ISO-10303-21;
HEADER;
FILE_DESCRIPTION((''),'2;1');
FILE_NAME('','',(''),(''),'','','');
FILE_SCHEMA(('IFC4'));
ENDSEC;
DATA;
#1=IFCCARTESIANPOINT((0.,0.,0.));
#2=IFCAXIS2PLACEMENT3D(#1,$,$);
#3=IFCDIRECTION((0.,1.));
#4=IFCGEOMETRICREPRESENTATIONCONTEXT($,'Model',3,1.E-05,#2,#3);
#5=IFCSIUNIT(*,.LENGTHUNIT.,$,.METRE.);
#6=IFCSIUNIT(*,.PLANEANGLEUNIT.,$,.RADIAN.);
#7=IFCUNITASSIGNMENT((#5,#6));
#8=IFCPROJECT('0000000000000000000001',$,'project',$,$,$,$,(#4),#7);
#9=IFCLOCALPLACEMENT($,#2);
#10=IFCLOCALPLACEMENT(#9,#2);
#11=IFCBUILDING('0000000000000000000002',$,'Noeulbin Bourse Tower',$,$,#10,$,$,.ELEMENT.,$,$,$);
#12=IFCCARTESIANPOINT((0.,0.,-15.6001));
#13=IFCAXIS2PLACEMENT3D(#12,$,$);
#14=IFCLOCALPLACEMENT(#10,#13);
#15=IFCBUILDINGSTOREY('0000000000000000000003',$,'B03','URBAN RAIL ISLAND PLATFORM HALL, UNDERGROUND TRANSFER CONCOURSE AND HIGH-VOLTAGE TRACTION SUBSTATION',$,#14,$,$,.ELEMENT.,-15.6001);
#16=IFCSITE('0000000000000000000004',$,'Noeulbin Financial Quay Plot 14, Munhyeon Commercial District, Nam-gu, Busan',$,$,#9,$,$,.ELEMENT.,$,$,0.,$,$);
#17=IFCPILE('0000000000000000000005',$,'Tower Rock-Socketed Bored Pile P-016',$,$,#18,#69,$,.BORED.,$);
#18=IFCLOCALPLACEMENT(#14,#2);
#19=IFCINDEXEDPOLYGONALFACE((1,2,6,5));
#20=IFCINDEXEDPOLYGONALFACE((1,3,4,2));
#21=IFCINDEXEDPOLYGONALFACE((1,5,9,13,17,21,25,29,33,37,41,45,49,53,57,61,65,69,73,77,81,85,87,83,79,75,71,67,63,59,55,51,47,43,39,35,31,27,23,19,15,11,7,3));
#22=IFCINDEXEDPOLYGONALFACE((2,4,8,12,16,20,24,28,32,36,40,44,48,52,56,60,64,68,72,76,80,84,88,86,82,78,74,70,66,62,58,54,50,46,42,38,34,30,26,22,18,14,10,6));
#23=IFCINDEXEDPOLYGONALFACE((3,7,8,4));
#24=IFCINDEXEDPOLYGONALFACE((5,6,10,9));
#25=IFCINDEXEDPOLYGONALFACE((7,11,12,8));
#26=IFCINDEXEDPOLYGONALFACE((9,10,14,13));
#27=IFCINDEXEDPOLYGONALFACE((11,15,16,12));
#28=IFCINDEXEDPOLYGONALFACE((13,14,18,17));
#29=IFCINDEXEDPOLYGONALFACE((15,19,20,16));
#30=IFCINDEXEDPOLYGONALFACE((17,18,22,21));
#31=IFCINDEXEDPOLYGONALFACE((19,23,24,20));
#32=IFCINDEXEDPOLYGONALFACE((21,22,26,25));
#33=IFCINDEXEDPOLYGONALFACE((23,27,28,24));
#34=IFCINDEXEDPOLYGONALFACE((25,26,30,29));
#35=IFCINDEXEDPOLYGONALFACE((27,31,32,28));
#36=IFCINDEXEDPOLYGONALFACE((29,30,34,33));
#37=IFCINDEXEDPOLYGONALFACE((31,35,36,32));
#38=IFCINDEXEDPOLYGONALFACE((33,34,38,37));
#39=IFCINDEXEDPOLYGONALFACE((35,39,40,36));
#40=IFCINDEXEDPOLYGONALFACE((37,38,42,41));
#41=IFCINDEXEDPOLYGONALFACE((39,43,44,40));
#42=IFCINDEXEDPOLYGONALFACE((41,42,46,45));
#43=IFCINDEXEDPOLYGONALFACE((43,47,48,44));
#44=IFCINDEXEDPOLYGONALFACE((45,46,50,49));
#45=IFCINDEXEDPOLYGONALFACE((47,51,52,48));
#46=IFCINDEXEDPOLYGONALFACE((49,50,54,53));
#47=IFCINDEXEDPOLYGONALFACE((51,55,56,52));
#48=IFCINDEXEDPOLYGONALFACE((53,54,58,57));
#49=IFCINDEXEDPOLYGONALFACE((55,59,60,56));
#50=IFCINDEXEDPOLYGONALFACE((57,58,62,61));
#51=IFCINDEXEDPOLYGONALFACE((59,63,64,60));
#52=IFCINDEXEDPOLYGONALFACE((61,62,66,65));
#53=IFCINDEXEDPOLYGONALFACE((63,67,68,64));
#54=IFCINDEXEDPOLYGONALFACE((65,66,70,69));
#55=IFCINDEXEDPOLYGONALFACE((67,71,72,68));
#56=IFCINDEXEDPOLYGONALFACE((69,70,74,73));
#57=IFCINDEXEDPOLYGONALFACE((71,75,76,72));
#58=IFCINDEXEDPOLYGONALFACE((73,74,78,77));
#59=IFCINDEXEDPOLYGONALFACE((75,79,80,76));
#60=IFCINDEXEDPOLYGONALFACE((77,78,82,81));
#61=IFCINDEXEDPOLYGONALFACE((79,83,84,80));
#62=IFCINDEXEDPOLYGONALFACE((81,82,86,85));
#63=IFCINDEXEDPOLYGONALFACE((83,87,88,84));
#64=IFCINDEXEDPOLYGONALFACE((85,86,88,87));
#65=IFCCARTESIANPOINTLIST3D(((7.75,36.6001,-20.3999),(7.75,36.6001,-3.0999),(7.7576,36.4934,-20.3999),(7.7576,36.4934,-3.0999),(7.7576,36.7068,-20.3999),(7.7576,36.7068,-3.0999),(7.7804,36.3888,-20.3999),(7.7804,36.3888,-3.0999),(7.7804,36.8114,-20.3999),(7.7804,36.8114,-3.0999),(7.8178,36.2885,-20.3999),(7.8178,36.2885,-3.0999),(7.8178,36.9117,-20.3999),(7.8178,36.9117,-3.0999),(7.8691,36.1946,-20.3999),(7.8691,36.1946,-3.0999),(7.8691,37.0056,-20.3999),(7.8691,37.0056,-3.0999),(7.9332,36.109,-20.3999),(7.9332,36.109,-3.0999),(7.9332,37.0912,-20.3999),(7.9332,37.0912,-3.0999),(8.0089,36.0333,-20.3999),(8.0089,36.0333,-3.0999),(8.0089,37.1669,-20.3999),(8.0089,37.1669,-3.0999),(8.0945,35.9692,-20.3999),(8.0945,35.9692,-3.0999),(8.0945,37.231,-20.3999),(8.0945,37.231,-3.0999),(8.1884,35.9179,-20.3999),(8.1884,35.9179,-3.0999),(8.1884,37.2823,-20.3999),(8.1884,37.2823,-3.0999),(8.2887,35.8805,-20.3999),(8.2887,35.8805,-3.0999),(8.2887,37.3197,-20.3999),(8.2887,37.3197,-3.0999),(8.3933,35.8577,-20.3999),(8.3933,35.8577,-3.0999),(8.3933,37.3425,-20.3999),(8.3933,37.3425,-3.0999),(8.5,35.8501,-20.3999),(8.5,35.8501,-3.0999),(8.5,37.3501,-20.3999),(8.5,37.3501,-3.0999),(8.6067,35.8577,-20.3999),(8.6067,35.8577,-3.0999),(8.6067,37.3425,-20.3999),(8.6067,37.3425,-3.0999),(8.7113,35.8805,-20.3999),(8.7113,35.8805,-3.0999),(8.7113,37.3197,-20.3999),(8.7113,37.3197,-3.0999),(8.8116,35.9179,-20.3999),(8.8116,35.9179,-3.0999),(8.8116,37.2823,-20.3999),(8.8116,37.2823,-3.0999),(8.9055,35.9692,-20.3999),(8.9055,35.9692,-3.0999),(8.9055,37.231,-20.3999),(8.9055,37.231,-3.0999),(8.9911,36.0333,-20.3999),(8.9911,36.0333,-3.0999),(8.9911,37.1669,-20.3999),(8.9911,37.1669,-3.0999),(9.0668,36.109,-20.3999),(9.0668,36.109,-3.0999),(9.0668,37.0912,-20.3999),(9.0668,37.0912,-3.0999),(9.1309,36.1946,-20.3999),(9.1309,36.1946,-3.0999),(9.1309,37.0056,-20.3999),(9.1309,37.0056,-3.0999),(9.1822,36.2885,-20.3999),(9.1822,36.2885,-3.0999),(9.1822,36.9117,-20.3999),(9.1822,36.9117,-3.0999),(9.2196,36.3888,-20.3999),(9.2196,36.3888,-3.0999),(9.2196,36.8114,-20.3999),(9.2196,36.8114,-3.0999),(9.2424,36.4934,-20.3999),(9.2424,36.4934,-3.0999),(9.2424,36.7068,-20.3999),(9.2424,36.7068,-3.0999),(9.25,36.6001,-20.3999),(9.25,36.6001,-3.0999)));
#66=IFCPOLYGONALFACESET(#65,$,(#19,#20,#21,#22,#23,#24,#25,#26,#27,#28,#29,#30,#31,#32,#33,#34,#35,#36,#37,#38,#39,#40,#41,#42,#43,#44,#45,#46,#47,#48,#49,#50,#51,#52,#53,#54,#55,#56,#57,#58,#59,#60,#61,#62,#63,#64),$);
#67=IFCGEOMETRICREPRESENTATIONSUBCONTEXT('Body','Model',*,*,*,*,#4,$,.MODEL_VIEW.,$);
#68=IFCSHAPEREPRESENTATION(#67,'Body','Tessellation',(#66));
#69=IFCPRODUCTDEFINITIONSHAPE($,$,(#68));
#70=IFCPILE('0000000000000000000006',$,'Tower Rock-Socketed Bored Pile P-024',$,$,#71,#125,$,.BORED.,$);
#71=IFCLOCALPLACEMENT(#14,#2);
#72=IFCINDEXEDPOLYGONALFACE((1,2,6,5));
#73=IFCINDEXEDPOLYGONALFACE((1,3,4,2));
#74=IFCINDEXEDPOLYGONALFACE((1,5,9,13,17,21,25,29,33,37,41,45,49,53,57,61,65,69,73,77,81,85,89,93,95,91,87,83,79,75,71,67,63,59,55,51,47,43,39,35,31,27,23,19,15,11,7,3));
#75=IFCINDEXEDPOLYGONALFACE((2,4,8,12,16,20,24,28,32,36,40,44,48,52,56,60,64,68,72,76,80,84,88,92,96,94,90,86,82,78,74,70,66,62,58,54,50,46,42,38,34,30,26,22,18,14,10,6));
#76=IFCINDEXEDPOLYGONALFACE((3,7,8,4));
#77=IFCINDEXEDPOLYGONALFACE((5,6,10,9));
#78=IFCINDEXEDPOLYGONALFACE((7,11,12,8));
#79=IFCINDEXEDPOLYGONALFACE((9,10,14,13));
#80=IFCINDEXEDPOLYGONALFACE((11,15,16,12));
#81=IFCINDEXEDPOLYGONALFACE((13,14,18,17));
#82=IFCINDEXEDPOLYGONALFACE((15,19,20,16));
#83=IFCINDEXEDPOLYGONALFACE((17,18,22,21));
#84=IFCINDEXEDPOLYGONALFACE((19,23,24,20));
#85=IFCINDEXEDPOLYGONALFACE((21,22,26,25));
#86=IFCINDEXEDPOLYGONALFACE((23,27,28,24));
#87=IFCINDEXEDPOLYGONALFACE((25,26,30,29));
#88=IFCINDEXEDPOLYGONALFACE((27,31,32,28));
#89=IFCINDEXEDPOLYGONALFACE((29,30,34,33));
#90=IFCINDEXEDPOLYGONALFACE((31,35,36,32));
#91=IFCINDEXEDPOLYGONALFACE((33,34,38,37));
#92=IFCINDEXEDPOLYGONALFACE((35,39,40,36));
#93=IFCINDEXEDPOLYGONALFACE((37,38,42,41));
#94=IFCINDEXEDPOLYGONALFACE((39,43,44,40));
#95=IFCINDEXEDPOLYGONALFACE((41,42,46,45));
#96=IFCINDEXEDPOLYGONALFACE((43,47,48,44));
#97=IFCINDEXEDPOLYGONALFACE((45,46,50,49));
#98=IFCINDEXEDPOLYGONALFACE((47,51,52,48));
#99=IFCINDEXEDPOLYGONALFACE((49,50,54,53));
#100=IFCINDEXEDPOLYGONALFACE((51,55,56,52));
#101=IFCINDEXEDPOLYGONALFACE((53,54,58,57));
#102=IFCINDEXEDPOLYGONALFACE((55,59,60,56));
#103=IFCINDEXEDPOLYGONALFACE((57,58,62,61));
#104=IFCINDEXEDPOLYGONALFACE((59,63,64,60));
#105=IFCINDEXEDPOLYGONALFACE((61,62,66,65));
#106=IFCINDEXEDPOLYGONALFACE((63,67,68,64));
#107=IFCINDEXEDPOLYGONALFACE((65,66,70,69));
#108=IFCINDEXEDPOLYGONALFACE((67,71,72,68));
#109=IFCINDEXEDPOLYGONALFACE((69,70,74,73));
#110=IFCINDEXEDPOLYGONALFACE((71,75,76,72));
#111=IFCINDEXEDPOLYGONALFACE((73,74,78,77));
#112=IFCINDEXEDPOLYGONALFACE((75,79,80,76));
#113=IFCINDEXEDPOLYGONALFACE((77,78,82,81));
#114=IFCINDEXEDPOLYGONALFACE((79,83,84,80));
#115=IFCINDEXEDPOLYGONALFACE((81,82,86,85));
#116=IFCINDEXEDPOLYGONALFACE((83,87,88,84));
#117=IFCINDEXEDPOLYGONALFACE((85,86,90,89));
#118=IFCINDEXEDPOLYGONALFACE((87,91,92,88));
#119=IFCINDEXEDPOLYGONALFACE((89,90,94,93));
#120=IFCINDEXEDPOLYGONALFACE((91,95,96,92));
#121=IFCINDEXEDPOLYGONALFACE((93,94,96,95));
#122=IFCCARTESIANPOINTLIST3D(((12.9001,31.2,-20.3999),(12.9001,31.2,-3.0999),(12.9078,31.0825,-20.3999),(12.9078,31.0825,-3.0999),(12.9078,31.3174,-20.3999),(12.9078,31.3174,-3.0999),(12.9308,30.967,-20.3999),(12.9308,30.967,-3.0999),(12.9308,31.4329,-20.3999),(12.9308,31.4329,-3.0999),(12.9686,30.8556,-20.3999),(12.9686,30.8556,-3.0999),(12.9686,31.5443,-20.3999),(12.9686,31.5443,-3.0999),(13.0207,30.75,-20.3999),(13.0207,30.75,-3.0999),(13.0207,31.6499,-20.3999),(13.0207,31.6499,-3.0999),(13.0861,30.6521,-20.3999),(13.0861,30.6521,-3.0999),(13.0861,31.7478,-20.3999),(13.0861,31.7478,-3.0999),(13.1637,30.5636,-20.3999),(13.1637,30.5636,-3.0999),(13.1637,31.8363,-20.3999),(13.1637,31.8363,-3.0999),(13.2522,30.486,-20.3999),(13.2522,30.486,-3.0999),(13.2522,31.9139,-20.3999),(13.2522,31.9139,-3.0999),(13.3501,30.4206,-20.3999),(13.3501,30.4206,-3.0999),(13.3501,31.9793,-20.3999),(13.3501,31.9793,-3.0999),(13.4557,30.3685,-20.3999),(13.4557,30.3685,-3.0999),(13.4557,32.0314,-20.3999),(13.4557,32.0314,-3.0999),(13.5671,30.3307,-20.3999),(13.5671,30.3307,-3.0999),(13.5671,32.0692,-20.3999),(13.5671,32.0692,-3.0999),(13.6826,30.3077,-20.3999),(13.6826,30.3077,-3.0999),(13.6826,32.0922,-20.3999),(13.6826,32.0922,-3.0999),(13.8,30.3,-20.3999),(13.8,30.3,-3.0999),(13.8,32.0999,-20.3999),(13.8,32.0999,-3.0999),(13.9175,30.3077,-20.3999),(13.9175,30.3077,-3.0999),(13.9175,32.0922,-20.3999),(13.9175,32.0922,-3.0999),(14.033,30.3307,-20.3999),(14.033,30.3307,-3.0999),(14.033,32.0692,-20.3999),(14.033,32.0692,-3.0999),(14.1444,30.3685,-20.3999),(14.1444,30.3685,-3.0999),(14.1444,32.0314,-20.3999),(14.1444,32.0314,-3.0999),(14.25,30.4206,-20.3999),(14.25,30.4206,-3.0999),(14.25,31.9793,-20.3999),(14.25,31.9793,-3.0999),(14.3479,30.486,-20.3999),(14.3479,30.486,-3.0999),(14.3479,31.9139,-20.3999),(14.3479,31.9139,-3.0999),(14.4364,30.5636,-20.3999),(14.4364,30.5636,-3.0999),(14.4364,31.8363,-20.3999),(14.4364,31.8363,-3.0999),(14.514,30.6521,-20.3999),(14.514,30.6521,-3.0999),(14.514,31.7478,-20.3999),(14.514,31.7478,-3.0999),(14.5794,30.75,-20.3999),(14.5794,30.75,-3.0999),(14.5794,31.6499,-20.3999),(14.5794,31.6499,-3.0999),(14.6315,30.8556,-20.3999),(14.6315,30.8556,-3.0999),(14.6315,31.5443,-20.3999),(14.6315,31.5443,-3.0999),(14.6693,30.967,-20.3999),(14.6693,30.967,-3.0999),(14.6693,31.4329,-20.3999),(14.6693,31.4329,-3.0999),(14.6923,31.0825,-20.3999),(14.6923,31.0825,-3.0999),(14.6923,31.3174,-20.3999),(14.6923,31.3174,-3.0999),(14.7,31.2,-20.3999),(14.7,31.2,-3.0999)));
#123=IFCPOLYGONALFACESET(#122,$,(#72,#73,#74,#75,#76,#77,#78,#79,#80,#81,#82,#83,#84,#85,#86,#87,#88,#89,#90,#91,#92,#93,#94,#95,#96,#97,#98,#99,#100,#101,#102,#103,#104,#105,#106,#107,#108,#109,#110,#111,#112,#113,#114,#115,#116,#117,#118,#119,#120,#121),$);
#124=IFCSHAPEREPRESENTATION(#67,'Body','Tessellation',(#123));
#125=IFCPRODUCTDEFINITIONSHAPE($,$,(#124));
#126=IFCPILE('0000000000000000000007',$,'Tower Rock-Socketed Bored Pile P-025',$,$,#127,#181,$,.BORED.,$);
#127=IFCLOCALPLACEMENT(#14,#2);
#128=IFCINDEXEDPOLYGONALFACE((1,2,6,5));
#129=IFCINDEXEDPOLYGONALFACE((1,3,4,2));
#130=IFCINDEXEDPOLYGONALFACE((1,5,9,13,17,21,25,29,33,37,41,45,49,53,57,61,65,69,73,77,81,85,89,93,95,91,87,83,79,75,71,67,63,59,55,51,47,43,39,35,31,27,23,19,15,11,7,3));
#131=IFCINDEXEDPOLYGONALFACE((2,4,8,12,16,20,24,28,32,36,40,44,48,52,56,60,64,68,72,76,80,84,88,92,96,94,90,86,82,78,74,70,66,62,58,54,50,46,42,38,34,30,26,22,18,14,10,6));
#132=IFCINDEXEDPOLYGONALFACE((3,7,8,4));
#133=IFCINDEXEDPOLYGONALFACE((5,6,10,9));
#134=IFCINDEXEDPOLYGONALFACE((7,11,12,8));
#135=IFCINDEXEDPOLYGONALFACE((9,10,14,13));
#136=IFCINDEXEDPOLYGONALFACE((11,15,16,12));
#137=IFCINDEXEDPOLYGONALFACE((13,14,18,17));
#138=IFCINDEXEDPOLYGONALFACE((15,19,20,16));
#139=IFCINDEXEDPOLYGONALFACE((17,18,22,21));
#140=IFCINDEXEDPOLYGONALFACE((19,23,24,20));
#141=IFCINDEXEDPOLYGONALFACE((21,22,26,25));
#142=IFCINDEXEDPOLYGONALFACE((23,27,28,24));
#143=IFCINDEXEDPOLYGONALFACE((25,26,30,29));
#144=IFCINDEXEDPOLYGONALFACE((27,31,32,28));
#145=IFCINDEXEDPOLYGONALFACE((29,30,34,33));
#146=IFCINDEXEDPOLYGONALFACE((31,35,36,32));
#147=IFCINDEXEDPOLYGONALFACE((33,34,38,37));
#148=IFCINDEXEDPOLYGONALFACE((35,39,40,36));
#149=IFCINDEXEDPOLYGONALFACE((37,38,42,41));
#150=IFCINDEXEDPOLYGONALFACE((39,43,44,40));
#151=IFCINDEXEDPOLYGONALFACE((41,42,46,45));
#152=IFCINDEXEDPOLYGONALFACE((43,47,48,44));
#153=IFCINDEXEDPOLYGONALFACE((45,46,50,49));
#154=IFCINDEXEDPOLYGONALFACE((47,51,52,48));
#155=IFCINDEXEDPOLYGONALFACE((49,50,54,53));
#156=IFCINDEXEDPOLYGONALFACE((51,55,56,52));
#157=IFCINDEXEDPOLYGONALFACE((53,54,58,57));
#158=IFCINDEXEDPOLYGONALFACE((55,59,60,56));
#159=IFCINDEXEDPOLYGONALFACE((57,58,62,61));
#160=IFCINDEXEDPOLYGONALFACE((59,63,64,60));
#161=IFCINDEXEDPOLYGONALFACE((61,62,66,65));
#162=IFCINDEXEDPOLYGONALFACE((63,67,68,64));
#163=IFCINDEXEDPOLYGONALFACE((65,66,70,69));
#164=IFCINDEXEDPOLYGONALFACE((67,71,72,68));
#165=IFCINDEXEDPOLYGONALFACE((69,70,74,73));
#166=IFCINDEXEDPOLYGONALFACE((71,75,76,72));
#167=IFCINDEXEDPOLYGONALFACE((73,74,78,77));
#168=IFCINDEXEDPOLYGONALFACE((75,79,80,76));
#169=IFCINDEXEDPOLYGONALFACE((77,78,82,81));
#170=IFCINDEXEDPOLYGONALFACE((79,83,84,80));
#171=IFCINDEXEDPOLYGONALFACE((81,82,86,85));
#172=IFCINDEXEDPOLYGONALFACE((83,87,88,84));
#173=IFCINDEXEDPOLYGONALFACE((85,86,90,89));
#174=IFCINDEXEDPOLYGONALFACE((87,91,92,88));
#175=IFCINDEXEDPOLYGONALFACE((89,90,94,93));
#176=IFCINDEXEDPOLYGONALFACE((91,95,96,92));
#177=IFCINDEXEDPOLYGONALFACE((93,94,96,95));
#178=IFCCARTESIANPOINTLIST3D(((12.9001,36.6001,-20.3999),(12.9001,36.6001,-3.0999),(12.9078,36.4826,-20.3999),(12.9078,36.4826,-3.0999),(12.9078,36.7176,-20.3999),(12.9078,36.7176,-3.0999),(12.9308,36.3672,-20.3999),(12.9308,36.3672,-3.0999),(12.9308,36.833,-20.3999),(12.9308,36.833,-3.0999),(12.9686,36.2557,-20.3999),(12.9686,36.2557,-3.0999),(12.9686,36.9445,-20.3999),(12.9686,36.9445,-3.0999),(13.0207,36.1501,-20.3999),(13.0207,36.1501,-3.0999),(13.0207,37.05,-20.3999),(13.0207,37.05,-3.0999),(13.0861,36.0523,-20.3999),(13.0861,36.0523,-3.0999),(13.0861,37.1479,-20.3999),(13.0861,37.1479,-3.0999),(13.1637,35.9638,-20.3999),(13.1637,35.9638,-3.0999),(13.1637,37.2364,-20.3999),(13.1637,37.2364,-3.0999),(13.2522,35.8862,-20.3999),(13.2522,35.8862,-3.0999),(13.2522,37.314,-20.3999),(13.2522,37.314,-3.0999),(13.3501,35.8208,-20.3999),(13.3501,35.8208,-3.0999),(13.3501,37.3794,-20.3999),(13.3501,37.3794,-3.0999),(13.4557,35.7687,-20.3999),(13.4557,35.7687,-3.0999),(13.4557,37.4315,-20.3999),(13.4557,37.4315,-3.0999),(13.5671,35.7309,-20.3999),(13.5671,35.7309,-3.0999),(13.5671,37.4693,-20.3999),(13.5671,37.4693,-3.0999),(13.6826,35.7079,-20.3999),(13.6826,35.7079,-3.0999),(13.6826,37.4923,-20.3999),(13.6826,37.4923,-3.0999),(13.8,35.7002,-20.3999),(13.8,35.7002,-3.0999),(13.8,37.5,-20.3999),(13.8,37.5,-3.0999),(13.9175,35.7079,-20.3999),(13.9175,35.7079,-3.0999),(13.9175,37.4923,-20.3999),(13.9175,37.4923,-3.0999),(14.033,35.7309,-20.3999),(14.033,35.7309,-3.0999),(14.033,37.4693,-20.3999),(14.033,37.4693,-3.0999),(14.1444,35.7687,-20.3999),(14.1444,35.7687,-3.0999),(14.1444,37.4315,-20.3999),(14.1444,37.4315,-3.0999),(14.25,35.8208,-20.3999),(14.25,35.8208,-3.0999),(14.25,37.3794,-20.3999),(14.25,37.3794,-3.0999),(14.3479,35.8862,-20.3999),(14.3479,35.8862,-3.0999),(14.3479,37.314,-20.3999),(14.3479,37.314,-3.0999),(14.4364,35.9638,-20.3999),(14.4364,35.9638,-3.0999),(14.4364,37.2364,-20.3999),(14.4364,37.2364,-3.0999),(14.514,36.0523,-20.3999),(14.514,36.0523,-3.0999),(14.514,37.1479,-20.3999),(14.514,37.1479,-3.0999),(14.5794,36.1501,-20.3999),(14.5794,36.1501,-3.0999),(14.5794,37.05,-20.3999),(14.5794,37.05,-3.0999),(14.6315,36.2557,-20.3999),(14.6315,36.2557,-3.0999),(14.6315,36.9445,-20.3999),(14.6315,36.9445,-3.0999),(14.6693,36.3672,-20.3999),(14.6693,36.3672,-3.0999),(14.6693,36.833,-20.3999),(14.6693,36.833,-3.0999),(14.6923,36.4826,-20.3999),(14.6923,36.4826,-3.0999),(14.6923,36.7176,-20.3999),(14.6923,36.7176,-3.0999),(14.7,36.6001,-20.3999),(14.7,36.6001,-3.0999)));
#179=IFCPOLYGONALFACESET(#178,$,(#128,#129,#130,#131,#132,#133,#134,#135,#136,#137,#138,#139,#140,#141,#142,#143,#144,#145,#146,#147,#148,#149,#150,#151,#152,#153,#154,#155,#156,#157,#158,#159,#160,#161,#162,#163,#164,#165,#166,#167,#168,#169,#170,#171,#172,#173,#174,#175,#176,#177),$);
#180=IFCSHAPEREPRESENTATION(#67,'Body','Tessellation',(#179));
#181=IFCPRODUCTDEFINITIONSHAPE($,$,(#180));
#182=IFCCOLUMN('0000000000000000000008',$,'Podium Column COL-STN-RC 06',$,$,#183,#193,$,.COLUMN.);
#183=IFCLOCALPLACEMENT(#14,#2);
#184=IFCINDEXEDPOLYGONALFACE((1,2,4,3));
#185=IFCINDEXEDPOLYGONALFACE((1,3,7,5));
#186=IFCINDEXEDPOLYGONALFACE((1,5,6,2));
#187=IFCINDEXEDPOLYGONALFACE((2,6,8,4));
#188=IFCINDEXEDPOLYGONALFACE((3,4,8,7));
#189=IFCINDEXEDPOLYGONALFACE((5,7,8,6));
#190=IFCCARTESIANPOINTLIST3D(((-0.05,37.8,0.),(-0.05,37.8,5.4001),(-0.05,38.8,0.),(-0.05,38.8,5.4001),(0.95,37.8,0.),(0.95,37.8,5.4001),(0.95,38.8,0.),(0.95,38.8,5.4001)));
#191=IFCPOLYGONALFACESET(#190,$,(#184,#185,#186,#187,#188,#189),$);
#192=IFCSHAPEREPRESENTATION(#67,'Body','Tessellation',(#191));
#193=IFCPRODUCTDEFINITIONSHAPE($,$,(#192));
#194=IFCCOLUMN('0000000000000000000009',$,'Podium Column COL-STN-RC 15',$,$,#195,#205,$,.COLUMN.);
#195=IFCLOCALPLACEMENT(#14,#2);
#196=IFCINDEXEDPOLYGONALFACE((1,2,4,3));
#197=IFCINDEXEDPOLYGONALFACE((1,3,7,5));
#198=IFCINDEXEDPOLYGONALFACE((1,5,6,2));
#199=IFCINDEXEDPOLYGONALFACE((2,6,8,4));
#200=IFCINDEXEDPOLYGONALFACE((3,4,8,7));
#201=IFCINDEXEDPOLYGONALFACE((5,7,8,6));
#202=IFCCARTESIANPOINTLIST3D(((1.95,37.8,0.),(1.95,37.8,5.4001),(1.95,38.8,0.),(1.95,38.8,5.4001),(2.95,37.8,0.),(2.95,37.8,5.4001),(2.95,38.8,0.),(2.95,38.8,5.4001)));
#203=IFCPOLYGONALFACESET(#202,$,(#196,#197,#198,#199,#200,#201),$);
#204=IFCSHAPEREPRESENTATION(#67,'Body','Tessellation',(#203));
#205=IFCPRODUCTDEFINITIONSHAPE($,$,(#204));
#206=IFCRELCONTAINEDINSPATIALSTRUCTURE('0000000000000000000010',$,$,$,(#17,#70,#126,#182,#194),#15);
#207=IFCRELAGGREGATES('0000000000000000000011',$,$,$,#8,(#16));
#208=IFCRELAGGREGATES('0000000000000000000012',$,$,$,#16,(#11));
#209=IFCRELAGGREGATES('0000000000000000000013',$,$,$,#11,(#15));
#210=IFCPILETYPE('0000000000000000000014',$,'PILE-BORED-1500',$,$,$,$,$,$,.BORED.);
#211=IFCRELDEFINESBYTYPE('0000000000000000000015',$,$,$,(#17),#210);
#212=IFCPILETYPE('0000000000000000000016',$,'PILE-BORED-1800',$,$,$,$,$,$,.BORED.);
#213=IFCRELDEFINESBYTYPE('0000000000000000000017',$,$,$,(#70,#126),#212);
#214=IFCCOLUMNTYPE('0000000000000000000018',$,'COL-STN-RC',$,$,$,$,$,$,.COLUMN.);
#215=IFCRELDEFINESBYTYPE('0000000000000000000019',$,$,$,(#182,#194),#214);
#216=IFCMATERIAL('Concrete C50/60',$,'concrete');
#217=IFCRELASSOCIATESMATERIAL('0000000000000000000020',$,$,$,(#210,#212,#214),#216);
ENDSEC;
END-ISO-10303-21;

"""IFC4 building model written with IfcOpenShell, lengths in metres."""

from ifc_helpers import new_model, si_unit, direction, frame, origin, origin_2d, place, context, subcontext, project, spatial, rectangle, circle, extrude, material, material_profile, profile_set, type_object, element, save


model = new_model("IFC4")

# Units and contexts
model_context = context("Model", 3, precision=1e-05, world=origin(), true_north=direction((0.0, 1.0)))
body_context = subcontext(model_context, "Body", "Model", "MODEL_VIEW")
ifc_project = project(units=[si_unit("LENGTHUNIT", "METRE"), si_unit("PLANEANGLEUNIT", "RADIAN")], contexts=[model_context])

# Site, building, storey
site_placement = place(None, origin())
site = spatial("IfcSite", under=ifc_project, at=site_placement, Name="Noeulbin Financial Quay Plot 14, Munhyeon Commercial District, Nam-gu, Busan", CompositionType="ELEMENT", RefElevation=0.0)
building_placement = place(site_placement, origin())
building = spatial("IfcBuilding", under=site, at=building_placement, Name="Noeulbin Bourse Tower", CompositionType="ELEMENT")
storey_placement = place(building_placement, frame((0.0, 0.0, -15.6001)))
storey = spatial("IfcBuildingStorey", under=building, at=storey_placement, Name="B03", Description="URBAN RAIL ISLAND PLATFORM HALL, UNDERGROUND TRANSFER CONCOURSE AND HIGH-VOLTAGE TRACTION SUBSTATION", CompositionType="ELEMENT", Elevation=-15.6001)

# Piles
ifc_material_1 = material(Name="Concrete C50/60", Category="concrete")
ifc_material_profile_1 = material_profile(ifc_material_1, circle(Radius=0.75, at=origin_2d()), Name="PILE-D1500", Category="LoadBearing")
ifc_profile_set_1 = profile_set([ifc_material_profile_1], Name="Concrete C50/60")
pile_type_1 = type_object("IfcPileType", Name="PILE-BORED-1500", PredefinedType="BORED", material=ifc_profile_set_1)
for number, where, z_axis, x_axis, name in (
    (1, (8.5, 36.6001, -3.0999), (0.0, 0.0, -1.0), (1.0, 0.0, 0.0), "Tower Rock-Socketed Bored Pile P-016"),
):
    element("IfcPile", number, at=place(storey_placement, frame(where, z_axis=z_axis, x_axis=x_axis)), inside=storey, type_object=pile_type_1, Name=name, PredefinedType="BORED", context=body_context, shape_type="SweptSolid", body=[
        extrude(circle(Radius=0.75, at=origin_2d()), origin(), (0.0, 0.0, 1.0), 17.3),
    ])
ifc_material_profile_2 = material_profile(ifc_material_1, circle(Radius=0.8999, at=origin_2d()), Name="PILE-D1800", Category="LoadBearing")
ifc_profile_set_2 = profile_set([ifc_material_profile_2], Name="Concrete C50/60")
pile_type_2 = type_object("IfcPileType", Name="PILE-BORED-1800", PredefinedType="BORED", material=ifc_profile_set_2)
for number, where, z_axis, x_axis, name in (
    (2, (13.8, 31.2, -3.0999), (0.0, 0.0, -1.0), (1.0, 0.0, 0.0), "Tower Rock-Socketed Bored Pile P-024"),
    (3, (13.8, 36.6001, -3.0999), (0.0, 0.0, -1.0), (1.0, 0.0, 0.0), "Tower Rock-Socketed Bored Pile P-025"),
):
    element("IfcPile", number, at=place(storey_placement, frame(where, z_axis=z_axis, x_axis=x_axis)), inside=storey, type_object=pile_type_2, Name=name, PredefinedType="BORED", context=body_context, shape_type="SweptSolid", body=[
        extrude(circle(Radius=0.8999, at=origin_2d()), origin(), (0.0, 0.0, 1.0), 17.3),
    ])

# Columns
ifc_material_profile_3 = material_profile(ifc_material_1, rectangle(XDim=1.0, YDim=1.0, at=origin_2d()), Name="RC-COL-1000x1000", Category="LoadBearing")
ifc_profile_set_3 = profile_set([ifc_material_profile_3], Name="Concrete C50/60")
column_type_1 = type_object("IfcColumnType", Name="COL-STN-RC", PredefinedType="COLUMN", material=ifc_profile_set_3)
for number, where, z_axis, x_axis, name in (
    (4, (0.45, 38.3, 0.0), (0.0, 0.0, 1.0), (1.0, 0.0, 0.0), "Podium Column COL-STN-RC 06"),
    (5, (2.45, 38.3, 0.0), (0.0, 0.0, 1.0), (1.0, 0.0, 0.0), "Podium Column COL-STN-RC 15"),
):
    element("IfcColumn", number, at=place(storey_placement, frame(where, z_axis=z_axis, x_axis=x_axis)), inside=storey, type_object=column_type_1, Name=name, PredefinedType="COLUMN", context=body_context, shape_type="SweptSolid", body=[
        extrude(rectangle(XDim=1.0, YDim=1.0, at=origin_2d()), origin(), (0.0, 0.0, 1.0), 5.4001),
    ])

save(model, "model.ifc")
